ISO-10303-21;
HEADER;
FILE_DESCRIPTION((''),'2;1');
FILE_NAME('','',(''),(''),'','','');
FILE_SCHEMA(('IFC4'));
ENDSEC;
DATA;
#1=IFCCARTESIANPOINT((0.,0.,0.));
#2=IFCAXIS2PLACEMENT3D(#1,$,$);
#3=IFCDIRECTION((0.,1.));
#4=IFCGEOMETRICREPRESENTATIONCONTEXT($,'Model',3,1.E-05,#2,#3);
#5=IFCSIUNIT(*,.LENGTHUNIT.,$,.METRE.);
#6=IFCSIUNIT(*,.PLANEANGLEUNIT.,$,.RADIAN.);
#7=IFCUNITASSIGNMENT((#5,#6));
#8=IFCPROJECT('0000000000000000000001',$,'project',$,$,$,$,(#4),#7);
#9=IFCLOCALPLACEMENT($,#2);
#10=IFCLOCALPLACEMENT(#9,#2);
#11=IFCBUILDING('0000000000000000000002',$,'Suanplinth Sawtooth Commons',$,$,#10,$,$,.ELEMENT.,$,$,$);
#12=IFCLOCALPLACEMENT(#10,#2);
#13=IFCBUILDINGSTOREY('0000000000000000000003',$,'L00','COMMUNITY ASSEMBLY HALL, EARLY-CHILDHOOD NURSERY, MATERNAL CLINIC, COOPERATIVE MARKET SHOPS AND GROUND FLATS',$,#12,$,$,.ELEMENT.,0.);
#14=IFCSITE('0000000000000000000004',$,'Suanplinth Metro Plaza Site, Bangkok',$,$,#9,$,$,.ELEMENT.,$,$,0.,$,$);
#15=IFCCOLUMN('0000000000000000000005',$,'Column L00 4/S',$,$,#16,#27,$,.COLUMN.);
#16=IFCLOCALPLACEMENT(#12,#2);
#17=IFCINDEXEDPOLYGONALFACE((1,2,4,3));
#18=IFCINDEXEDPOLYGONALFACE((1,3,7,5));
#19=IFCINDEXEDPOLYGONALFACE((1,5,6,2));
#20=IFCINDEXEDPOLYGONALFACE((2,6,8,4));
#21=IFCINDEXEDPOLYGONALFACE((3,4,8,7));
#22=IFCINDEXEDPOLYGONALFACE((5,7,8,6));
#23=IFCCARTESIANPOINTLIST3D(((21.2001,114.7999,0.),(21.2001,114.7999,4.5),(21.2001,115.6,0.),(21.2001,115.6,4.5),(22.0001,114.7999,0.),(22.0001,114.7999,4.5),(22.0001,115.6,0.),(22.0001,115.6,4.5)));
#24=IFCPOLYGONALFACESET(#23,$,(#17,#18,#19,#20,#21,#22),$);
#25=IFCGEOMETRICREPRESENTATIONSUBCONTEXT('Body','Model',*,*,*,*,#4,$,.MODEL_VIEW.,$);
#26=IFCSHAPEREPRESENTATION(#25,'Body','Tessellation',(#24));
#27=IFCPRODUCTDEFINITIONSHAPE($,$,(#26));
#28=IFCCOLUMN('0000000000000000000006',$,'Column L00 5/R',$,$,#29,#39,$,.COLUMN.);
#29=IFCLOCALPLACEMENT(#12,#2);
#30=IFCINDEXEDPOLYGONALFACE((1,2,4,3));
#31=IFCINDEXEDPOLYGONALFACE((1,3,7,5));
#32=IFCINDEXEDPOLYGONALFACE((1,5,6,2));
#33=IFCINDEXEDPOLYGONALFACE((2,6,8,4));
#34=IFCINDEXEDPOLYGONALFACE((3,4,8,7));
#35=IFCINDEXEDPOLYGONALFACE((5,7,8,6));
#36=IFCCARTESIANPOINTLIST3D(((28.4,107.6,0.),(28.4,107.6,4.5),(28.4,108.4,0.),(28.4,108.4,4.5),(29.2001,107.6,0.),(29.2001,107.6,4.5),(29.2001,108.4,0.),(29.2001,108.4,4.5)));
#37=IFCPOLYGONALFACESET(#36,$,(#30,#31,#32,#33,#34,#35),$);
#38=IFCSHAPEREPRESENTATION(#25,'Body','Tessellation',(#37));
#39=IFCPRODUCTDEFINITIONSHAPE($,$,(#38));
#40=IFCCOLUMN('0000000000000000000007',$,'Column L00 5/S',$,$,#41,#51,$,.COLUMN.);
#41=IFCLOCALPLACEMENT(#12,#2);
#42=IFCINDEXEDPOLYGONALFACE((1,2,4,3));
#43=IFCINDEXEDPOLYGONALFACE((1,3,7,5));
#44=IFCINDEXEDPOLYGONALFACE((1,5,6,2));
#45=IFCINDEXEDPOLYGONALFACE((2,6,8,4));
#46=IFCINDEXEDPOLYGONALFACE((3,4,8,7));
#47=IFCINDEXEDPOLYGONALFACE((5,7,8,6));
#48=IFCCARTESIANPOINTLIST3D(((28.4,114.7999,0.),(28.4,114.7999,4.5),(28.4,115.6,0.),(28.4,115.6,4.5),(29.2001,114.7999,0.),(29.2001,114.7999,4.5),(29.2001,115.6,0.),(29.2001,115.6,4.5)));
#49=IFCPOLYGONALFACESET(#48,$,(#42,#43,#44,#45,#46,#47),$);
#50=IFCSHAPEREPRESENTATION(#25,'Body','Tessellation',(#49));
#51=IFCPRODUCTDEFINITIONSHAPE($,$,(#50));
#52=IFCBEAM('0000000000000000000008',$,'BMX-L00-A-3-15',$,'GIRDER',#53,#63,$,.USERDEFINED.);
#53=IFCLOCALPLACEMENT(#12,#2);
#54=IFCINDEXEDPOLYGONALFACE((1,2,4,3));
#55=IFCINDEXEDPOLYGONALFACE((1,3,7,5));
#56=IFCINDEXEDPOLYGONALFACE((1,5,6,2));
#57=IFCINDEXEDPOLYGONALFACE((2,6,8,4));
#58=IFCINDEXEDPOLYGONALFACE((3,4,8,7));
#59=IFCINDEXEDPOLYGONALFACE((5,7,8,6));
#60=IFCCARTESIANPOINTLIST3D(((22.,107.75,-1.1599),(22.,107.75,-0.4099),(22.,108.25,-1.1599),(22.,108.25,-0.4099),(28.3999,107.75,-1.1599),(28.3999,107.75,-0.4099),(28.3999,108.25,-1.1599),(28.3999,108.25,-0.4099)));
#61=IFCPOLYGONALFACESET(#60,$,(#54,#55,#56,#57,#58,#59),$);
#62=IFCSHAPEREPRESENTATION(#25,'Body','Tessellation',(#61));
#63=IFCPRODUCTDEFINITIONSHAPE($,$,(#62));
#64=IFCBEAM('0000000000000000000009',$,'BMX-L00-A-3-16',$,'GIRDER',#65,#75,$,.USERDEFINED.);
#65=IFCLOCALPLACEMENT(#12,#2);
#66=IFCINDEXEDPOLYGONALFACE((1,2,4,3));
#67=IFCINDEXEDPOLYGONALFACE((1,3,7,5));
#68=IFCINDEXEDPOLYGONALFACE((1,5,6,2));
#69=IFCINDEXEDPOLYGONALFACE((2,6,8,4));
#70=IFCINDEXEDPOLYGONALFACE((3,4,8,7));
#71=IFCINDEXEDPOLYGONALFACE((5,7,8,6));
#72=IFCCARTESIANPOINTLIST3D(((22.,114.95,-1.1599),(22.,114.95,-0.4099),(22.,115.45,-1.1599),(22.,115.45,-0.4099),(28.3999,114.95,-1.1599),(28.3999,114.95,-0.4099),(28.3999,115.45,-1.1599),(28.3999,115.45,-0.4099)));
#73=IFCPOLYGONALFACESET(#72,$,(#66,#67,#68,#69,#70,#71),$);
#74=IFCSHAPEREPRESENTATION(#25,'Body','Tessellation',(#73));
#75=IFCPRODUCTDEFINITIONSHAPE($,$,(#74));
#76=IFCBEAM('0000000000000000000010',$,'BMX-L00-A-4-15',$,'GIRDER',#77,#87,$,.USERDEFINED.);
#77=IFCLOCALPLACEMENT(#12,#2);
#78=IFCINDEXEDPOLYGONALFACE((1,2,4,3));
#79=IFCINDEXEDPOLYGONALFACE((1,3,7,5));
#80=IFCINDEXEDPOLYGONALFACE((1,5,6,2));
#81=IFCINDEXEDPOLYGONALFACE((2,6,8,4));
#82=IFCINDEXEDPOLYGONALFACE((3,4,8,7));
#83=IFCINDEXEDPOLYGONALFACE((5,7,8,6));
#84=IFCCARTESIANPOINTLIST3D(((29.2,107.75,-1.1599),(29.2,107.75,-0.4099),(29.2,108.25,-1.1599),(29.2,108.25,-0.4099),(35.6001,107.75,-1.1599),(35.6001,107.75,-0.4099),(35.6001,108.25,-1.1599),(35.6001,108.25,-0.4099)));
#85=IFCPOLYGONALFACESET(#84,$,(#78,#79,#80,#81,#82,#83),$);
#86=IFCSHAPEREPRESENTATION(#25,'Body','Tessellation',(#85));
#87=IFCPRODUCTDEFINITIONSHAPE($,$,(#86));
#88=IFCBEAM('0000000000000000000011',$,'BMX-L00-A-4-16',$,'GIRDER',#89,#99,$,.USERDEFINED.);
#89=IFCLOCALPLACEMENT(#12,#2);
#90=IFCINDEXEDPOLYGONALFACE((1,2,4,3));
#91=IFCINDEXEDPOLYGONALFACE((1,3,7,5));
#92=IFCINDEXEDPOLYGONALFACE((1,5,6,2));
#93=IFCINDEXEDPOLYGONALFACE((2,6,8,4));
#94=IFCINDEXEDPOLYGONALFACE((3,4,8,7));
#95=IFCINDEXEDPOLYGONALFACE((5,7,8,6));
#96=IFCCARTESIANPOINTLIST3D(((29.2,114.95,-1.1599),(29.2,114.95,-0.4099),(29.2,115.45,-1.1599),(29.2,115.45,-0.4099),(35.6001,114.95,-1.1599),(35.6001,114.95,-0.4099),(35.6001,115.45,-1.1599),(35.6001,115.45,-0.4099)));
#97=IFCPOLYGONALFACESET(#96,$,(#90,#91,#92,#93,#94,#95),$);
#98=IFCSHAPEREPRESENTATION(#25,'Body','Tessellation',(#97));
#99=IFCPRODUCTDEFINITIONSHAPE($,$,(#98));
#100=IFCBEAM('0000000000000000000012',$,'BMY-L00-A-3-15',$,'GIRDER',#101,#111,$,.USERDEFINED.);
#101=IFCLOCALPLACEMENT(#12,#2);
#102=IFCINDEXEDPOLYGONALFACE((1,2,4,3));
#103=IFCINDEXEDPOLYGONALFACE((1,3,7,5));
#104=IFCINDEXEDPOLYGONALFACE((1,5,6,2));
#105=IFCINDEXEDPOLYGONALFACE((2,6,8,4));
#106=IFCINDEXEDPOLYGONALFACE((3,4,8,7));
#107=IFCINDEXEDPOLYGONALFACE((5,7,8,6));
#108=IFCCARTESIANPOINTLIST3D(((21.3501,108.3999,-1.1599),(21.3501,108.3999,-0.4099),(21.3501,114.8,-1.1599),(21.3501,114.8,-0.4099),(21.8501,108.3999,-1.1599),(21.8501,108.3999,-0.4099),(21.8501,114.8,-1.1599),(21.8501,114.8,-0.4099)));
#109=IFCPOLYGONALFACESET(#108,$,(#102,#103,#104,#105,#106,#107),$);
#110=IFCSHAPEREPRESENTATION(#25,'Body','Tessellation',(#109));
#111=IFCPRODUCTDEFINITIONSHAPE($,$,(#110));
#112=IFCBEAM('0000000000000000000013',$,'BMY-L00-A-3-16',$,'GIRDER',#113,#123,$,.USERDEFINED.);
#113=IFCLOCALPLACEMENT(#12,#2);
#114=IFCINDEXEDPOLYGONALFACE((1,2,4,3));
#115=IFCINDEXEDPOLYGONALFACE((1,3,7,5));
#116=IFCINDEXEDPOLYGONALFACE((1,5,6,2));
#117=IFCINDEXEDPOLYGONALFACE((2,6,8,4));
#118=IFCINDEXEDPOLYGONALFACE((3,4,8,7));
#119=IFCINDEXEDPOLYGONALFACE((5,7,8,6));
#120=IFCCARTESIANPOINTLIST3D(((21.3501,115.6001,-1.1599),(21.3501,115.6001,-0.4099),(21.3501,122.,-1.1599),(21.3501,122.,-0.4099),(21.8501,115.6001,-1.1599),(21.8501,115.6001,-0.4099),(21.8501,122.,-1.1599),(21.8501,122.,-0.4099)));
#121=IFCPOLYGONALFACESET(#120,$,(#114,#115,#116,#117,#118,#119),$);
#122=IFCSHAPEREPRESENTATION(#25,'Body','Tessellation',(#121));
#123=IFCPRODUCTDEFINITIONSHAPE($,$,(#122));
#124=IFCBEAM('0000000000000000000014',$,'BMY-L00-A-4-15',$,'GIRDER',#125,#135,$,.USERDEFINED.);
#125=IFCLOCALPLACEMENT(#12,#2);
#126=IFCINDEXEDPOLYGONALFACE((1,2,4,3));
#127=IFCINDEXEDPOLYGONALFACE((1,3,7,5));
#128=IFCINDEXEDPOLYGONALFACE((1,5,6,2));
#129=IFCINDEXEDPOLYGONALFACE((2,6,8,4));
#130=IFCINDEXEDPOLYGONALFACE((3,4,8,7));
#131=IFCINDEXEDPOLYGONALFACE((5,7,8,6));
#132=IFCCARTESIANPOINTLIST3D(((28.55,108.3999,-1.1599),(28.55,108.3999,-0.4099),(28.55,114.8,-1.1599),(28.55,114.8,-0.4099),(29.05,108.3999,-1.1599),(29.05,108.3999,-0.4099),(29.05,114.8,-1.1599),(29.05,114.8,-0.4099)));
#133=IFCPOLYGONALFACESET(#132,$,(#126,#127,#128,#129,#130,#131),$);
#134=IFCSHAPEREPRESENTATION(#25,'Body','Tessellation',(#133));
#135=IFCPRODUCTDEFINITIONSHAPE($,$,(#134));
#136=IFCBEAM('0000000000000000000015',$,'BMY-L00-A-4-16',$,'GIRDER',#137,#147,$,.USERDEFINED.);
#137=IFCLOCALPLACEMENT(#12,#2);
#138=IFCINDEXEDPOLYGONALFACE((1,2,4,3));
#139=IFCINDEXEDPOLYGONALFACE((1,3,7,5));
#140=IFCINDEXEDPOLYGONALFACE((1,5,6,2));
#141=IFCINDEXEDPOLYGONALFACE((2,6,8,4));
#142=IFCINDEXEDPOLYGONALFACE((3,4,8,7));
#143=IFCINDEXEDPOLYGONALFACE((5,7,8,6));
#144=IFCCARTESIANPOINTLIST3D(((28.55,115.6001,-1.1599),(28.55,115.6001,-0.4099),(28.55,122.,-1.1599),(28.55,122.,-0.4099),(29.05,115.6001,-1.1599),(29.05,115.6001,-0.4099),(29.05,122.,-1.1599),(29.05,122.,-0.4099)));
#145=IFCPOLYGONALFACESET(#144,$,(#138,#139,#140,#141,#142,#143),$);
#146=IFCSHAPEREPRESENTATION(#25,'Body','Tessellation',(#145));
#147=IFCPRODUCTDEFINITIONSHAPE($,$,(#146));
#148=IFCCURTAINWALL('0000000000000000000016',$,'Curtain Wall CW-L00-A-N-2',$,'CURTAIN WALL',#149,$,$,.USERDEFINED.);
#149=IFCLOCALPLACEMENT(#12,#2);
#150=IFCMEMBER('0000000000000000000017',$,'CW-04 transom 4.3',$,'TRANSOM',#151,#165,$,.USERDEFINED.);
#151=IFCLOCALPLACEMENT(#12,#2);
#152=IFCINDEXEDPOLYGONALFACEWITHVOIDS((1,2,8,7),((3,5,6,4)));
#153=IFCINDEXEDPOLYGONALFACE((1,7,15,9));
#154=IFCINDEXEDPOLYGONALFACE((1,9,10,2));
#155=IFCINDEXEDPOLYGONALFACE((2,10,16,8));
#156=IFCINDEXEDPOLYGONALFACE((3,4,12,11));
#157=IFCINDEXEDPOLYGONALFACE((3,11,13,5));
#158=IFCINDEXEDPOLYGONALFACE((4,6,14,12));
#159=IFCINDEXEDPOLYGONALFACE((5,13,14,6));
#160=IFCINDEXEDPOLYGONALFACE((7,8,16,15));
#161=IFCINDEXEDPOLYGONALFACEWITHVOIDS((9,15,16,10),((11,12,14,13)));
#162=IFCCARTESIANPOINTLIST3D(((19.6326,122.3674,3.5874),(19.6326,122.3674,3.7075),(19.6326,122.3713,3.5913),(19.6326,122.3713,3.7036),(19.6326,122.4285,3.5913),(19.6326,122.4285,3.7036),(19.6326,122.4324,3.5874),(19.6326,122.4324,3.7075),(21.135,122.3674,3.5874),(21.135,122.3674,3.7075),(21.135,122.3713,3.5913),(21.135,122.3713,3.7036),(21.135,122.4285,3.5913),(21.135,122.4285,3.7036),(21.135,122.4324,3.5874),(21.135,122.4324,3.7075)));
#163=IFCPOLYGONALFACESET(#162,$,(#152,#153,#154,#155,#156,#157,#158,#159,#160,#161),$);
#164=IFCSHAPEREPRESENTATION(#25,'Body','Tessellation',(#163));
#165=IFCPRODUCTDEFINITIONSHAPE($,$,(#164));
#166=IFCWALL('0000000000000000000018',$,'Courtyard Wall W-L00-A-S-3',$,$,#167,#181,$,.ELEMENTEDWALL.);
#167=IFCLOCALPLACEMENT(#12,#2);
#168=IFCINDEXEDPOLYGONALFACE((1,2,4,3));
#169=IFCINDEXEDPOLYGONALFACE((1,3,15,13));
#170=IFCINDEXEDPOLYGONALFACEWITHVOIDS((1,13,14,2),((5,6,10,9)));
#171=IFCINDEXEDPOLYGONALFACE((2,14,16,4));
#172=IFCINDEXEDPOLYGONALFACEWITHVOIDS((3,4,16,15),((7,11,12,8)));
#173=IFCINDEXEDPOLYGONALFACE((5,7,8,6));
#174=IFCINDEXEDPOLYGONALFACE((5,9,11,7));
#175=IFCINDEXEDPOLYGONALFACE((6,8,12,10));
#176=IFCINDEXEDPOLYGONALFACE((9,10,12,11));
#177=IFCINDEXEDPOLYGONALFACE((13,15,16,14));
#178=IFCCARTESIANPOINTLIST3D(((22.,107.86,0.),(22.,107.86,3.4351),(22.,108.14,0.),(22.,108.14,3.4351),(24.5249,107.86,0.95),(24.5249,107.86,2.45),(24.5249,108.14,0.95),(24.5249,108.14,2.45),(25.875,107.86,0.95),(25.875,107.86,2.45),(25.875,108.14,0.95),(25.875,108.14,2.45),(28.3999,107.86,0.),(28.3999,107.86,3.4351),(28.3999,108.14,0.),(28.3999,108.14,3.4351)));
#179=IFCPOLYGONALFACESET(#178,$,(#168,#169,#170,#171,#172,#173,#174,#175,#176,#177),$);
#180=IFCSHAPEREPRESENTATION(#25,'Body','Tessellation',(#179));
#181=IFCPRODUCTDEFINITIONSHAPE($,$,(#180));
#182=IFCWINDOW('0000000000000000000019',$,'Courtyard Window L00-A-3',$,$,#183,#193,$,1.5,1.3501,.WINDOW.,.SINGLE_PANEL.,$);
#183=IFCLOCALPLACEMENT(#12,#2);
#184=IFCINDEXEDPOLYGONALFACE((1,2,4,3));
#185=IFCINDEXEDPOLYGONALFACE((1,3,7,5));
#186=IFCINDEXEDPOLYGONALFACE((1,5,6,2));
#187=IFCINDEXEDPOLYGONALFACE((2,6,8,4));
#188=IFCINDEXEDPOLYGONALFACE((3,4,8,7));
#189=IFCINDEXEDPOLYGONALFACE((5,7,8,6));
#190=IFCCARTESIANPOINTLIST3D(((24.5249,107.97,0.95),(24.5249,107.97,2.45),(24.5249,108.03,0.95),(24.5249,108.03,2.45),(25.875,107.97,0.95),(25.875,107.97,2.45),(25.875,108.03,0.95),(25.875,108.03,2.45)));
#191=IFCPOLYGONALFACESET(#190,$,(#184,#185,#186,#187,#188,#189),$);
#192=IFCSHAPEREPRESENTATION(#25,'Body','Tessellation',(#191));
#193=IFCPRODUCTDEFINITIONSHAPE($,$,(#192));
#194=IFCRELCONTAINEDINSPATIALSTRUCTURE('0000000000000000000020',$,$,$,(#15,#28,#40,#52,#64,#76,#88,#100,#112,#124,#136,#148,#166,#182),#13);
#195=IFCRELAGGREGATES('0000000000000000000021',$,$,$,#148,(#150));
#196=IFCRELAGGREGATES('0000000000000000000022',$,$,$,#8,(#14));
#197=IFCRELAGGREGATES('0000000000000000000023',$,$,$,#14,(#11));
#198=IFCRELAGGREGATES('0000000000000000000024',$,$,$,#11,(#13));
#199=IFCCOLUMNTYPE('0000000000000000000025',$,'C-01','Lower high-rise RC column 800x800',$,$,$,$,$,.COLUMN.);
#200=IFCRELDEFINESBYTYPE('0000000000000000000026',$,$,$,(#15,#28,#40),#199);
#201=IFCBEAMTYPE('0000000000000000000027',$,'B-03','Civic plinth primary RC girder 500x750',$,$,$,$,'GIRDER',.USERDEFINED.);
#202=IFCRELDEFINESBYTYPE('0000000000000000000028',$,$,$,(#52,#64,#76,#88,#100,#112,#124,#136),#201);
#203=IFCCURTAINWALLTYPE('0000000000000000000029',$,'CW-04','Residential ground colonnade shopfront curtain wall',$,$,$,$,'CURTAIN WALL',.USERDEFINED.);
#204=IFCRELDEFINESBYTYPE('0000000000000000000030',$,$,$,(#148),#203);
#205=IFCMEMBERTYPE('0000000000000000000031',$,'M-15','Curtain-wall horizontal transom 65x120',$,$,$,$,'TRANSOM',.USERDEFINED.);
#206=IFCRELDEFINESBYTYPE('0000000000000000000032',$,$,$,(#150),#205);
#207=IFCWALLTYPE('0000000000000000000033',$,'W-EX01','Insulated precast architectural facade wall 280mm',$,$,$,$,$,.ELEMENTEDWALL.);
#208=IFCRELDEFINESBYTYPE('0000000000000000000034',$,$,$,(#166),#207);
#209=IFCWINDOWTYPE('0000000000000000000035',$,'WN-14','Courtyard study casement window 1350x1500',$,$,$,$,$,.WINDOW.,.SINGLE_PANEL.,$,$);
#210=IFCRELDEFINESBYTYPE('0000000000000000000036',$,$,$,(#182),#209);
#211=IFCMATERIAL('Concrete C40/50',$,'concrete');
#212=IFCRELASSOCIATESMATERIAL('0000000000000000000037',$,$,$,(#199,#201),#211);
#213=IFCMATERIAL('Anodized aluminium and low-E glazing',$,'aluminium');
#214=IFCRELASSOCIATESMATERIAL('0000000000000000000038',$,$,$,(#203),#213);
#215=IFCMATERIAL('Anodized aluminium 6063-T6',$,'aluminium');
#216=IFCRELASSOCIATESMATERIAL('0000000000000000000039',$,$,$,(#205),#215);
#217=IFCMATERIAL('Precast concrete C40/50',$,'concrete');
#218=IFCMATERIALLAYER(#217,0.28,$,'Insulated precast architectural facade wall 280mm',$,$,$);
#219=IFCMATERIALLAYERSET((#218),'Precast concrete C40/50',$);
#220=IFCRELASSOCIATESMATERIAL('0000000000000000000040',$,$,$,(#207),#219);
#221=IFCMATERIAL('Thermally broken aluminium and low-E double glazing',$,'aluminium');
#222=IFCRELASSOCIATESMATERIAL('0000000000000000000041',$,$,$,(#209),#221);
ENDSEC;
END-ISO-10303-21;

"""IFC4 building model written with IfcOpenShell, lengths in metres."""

from ifc_helpers import new_model, si_unit, direction, frame, frame_2d, origin, origin_2d, place, context, subcontext, project, spatial, rectangle, hollow_rectangle, extrude, material, layer, layer_set, material_profile, profile_set, type_object, element, fill, aggregate, save


model = new_model("IFC4")

# Units and contexts
model_context = context("Model", 3, precision=1e-05, world=origin(), true_north=direction((0.0, 1.0)))
body_context = subcontext(model_context, "Body", "Model", "MODEL_VIEW")
ifc_project = project(units=[si_unit("LENGTHUNIT", "METRE"), si_unit("PLANEANGLEUNIT", "RADIAN")], contexts=[model_context])

# Site, building, storey
site_placement = place(None, origin())
site = spatial("IfcSite", under=ifc_project, at=site_placement, Name="Suanplinth Metro Plaza Site, Bangkok", CompositionType="ELEMENT", RefElevation=0.0)
building_placement = place(site_placement, origin())
building = spatial("IfcBuilding", under=site, at=building_placement, Name="Suanplinth Sawtooth Commons", CompositionType="ELEMENT")
storey_placement = place(building_placement, origin())
storey = spatial("IfcBuildingStorey", under=building, at=storey_placement, Name="L00", Description="COMMUNITY ASSEMBLY HALL, EARLY-CHILDHOOD NURSERY, MATERNAL CLINIC, COOPERATIVE MARKET SHOPS AND GROUND FLATS", CompositionType="ELEMENT", Elevation=0.0)

# Columns
ifc_material_1 = material(Name="Concrete C40/50", Category="concrete")
ifc_material_profile_1 = material_profile(ifc_material_1, rectangle(XDim=0.8, YDim=0.8, at=origin_2d()), Name="RC-COL 800x800")
ifc_profile_set_1 = profile_set([ifc_material_profile_1], Name="Concrete C40/50")
column_type = type_object("IfcColumnType", Name="C-01", Description="Lower high-rise RC column 800x800", PredefinedType="COLUMN", material=ifc_profile_set_1)
for number, where, z_axis, x_axis, name in (
    (1, (21.6001, 115.2, 0.0), (0.0, 0.0, 1.0), (1.0, 0.0, 0.0), "Column L00 4/S"),
    (2, (28.8, 108.0, 0.0), (0.0, 0.0, 1.0), (1.0, 0.0, 0.0), "Column L00 5/R"),
    (3, (28.8, 115.2, 0.0), (0.0, 0.0, 1.0), (1.0, 0.0, 0.0), "Column L00 5/S"),
):
    element("IfcColumn", number, at=place(storey_placement, frame(where, z_axis=z_axis, x_axis=x_axis)), inside=storey, type_object=column_type, Name=name, PredefinedType="COLUMN", context=body_context, shape_type="SweptSolid", body=[
        extrude(rectangle(XDim=0.8, YDim=0.8, at=origin_2d()), origin(), (0.0, 0.0, 1.0), 4.5),
    ])

# Beams
ifc_material_profile_2 = material_profile(ifc_material_1, rectangle(XDim=0.5, YDim=0.75, at=origin_2d()), Name="RC-GDR 500x750")
ifc_profile_set_2 = profile_set([ifc_material_profile_2], Name="Concrete C40/50")
beam_type = type_object("IfcBeamType", Name="B-03", Description="Civic plinth primary RC girder 500x750", ElementType="GIRDER", PredefinedType="USERDEFINED", material=ifc_profile_set_2)
for number, where, z_axis, x_axis, name in (
    (4, (22.0, 108.0, -0.7849), (1.0, 0.0, 0.0), (0.0, 1.0, 0.0), "BMX-L00-A-3-15"),
    (5, (22.0, 115.2, -0.7849), (1.0, 0.0, 0.0), (0.0, 1.0, 0.0), "BMX-L00-A-3-16"),
):
    element("IfcBeam", number, at=place(storey_placement, frame(where, z_axis=z_axis, x_axis=x_axis)), inside=storey, type_object=beam_type, Name=name, ObjectType="GIRDER", PredefinedType="USERDEFINED", context=body_context, shape_type="SweptSolid", body=[
        extrude(rectangle(XDim=0.5, YDim=0.75, at=origin_2d()), origin(), (0.0, 0.0, 1.0), 6.3999),
    ])
for number, where, z_axis, x_axis, name in (
    (6, (29.2, 108.0, -0.7849), (1.0, 0.0, 0.0), (0.0, 1.0, 0.0), "BMX-L00-A-4-15"),
    (7, (29.2, 115.2, -0.7849), (1.0, 0.0, 0.0), (0.0, 1.0, 0.0), "BMX-L00-A-4-16"),
    (8, (21.6001, 108.3999, -0.7849), (0.0, 1.0, 0.0), (-1.0, 0.0, 0.0), "BMY-L00-A-3-15"),
):
    element("IfcBeam", number, at=place(storey_placement, frame(where, z_axis=z_axis, x_axis=x_axis)), inside=storey, type_object=beam_type, Name=name, ObjectType="GIRDER", PredefinedType="USERDEFINED", context=body_context, shape_type="SweptSolid", body=[
        extrude(rectangle(XDim=0.5, YDim=0.75, at=origin_2d()), origin(), (0.0, 0.0, 1.0), 6.4001),
    ])
beam_1_placement = place(storey_placement, frame((21.6001, 115.6001, -0.7849), z_axis=(0.0, 1.0, 0.0), x_axis=(-1.0, 0.0, 0.0)))
element("IfcBeam", 9, at=beam_1_placement, inside=storey, type_object=beam_type, Name="BMY-L00-A-3-16", ObjectType="GIRDER", PredefinedType="USERDEFINED", context=body_context, shape_type="SweptSolid", body=[
    extrude(rectangle(XDim=0.5, YDim=0.75, at=origin_2d()), origin(), (0.0, 0.0, 1.0), 6.3999),
])
beam_2_placement = place(storey_placement, frame((28.8, 108.3999, -0.7849), z_axis=(0.0, 1.0, 0.0), x_axis=(-1.0, 0.0, 0.0)))
element("IfcBeam", 10, at=beam_2_placement, inside=storey, type_object=beam_type, Name="BMY-L00-A-4-15", ObjectType="GIRDER", PredefinedType="USERDEFINED", context=body_context, shape_type="SweptSolid", body=[
    extrude(rectangle(XDim=0.5, YDim=0.75, at=origin_2d()), origin(), (0.0, 0.0, 1.0), 6.4001),
])
beam_3_placement = place(storey_placement, frame((28.8, 115.6001, -0.7849), z_axis=(0.0, 1.0, 0.0), x_axis=(-1.0, 0.0, 0.0)))
element("IfcBeam", 11, at=beam_3_placement, inside=storey, type_object=beam_type, Name="BMY-L00-A-4-16", ObjectType="GIRDER", PredefinedType="USERDEFINED", context=body_context, shape_type="SweptSolid", body=[
    extrude(rectangle(XDim=0.5, YDim=0.75, at=origin_2d()), origin(), (0.0, 0.0, 1.0), 6.3999),
])

# Curtain wall, member
ifc_material_2 = material(Name="Anodized aluminium and low-E glazing", Category="aluminium")
curtain_wall_type = type_object("IfcCurtainWallType", Name="CW-04", Description="Residential ground colonnade shopfront curtain wall", ElementType="CURTAIN WALL", PredefinedType="USERDEFINED", material=ifc_material_2)
curtain_wall_placement = place(storey_placement, origin())
curtain_wall = element("IfcCurtainWall", 12, at=curtain_wall_placement, inside=storey, type_object=curtain_wall_type, Name="Curtain Wall CW-L00-A-N-2", ObjectType="CURTAIN WALL", PredefinedType="USERDEFINED")
ifc_material_3 = material(Name="Anodized aluminium 6063-T6", Category="aluminium")
ifc_material_profile_3 = material_profile(ifc_material_3, hollow_rectangle(XDim=0.0649, YDim=0.1201, WallThickness=0.0039, at=origin_2d()), Name="ALU-TRN 65x120")
ifc_profile_set_3 = profile_set([ifc_material_profile_3], Name="Anodized aluminium 6063-T6")
member_type = type_object("IfcMemberType", Name="M-15", Description="Curtain-wall horizontal transom 65x120", ElementType="TRANSOM", PredefinedType="USERDEFINED", material=ifc_profile_set_3)
member_placement = place(storey_placement, frame((19.6326, 122.3999, 3.6475), z_axis=(1.0, 0.0, 0.0), x_axis=(0.0, 1.0, 0.0)))
member = element("IfcMember", 13, at=member_placement, type_object=member_type, Name="CW-04 transom 4.3", ObjectType="TRANSOM", PredefinedType="USERDEFINED", context=body_context, shape_type="SweptSolid", body=[
    extrude(hollow_rectangle(XDim=0.0649, YDim=0.1201, WallThickness=0.0039, at=origin_2d()), origin(), (0.0, 0.0, 1.0), 1.5024),
])
aggregate(curtain_wall, [member])

# Wall, opening, window
ifc_material_4 = material(Name="Precast concrete C40/50", Category="concrete")
ifc_layer_1 = layer(ifc_material_4, 0.28, Name="Insulated precast architectural facade wall 280mm")
ifc_layer_set_1 = layer_set([ifc_layer_1], Name="Precast concrete C40/50")
wall_type_1 = type_object("IfcWallType", Name="W-EX01", Description="Insulated precast architectural facade wall 280mm", PredefinedType="ELEMENTEDWALL", material=ifc_layer_set_1)
wall_1_placement = place(storey_placement, frame((22.0, 108.0, 0.0), z_axis=(0.0, 0.0, 1.0), x_axis=(1.0, 0.0, 0.0)))
wall_1 = element("IfcWall", 14, at=wall_1_placement, inside=storey, type_object=wall_type_1, Name="Courtyard Wall W-L00-A-S-3", PredefinedType="ELEMENTEDWALL", context=body_context, shape_type="SweptSolid", body=[
    extrude(rectangle(XDim=6.3999, YDim=0.28, at=frame_2d((3.2, 0.0))), origin(), (0.0, 0.0, 1.0), 3.4351),
])
opening_1_placement = place(wall_1_placement, frame((2.5249, 0.0, 0.95)))
opening_1 = element("IfcOpeningElement", 15, at=opening_1_placement, cuts=wall_1, PredefinedType="OPENING", context=body_context, shape_type="SweptSolid", body=[
    extrude(rectangle(XDim=1.3501, YDim=1.5, at=frame_2d((0.675, 0.75))), frame((0.0, 0.1548, 0.0), z_axis=(0.0, -1.0, 0.0), x_axis=(1.0, 0.0, 0.0)), (0.0, 0.0, 1.0), 0.3098),
])
ifc_material_5 = material(Name="Thermally broken aluminium and low-E double glazing", Category="aluminium")
window_type = type_object("IfcWindowType", Name="WN-14", Description="Courtyard study casement window 1350x1500", PartitioningType="SINGLE_PANEL", PredefinedType="WINDOW", material=ifc_material_5)
window_1_placement = place(opening_1_placement, origin())
window_1 = element("IfcWindow", 16, at=window_1_placement, inside=storey, type_object=window_type, Name="Courtyard Window L00-A-3", OverallHeight=1.5, OverallWidth=1.3501, PartitioningType="SINGLE_PANEL", PredefinedType="WINDOW", context=body_context, shape_type="SweptSolid", body=[
    extrude(rectangle(XDim=1.3501, YDim=1.5, at=frame_2d((0.675, 0.75))), frame((0.0, 0.03, 0.0), z_axis=(0.0, -1.0, 0.0), x_axis=(1.0, 0.0, 0.0)), (0.0, 0.0, 1.0), 0.0601),
])
fill(opening_1, window_1)

save(model, "model.ifc")
